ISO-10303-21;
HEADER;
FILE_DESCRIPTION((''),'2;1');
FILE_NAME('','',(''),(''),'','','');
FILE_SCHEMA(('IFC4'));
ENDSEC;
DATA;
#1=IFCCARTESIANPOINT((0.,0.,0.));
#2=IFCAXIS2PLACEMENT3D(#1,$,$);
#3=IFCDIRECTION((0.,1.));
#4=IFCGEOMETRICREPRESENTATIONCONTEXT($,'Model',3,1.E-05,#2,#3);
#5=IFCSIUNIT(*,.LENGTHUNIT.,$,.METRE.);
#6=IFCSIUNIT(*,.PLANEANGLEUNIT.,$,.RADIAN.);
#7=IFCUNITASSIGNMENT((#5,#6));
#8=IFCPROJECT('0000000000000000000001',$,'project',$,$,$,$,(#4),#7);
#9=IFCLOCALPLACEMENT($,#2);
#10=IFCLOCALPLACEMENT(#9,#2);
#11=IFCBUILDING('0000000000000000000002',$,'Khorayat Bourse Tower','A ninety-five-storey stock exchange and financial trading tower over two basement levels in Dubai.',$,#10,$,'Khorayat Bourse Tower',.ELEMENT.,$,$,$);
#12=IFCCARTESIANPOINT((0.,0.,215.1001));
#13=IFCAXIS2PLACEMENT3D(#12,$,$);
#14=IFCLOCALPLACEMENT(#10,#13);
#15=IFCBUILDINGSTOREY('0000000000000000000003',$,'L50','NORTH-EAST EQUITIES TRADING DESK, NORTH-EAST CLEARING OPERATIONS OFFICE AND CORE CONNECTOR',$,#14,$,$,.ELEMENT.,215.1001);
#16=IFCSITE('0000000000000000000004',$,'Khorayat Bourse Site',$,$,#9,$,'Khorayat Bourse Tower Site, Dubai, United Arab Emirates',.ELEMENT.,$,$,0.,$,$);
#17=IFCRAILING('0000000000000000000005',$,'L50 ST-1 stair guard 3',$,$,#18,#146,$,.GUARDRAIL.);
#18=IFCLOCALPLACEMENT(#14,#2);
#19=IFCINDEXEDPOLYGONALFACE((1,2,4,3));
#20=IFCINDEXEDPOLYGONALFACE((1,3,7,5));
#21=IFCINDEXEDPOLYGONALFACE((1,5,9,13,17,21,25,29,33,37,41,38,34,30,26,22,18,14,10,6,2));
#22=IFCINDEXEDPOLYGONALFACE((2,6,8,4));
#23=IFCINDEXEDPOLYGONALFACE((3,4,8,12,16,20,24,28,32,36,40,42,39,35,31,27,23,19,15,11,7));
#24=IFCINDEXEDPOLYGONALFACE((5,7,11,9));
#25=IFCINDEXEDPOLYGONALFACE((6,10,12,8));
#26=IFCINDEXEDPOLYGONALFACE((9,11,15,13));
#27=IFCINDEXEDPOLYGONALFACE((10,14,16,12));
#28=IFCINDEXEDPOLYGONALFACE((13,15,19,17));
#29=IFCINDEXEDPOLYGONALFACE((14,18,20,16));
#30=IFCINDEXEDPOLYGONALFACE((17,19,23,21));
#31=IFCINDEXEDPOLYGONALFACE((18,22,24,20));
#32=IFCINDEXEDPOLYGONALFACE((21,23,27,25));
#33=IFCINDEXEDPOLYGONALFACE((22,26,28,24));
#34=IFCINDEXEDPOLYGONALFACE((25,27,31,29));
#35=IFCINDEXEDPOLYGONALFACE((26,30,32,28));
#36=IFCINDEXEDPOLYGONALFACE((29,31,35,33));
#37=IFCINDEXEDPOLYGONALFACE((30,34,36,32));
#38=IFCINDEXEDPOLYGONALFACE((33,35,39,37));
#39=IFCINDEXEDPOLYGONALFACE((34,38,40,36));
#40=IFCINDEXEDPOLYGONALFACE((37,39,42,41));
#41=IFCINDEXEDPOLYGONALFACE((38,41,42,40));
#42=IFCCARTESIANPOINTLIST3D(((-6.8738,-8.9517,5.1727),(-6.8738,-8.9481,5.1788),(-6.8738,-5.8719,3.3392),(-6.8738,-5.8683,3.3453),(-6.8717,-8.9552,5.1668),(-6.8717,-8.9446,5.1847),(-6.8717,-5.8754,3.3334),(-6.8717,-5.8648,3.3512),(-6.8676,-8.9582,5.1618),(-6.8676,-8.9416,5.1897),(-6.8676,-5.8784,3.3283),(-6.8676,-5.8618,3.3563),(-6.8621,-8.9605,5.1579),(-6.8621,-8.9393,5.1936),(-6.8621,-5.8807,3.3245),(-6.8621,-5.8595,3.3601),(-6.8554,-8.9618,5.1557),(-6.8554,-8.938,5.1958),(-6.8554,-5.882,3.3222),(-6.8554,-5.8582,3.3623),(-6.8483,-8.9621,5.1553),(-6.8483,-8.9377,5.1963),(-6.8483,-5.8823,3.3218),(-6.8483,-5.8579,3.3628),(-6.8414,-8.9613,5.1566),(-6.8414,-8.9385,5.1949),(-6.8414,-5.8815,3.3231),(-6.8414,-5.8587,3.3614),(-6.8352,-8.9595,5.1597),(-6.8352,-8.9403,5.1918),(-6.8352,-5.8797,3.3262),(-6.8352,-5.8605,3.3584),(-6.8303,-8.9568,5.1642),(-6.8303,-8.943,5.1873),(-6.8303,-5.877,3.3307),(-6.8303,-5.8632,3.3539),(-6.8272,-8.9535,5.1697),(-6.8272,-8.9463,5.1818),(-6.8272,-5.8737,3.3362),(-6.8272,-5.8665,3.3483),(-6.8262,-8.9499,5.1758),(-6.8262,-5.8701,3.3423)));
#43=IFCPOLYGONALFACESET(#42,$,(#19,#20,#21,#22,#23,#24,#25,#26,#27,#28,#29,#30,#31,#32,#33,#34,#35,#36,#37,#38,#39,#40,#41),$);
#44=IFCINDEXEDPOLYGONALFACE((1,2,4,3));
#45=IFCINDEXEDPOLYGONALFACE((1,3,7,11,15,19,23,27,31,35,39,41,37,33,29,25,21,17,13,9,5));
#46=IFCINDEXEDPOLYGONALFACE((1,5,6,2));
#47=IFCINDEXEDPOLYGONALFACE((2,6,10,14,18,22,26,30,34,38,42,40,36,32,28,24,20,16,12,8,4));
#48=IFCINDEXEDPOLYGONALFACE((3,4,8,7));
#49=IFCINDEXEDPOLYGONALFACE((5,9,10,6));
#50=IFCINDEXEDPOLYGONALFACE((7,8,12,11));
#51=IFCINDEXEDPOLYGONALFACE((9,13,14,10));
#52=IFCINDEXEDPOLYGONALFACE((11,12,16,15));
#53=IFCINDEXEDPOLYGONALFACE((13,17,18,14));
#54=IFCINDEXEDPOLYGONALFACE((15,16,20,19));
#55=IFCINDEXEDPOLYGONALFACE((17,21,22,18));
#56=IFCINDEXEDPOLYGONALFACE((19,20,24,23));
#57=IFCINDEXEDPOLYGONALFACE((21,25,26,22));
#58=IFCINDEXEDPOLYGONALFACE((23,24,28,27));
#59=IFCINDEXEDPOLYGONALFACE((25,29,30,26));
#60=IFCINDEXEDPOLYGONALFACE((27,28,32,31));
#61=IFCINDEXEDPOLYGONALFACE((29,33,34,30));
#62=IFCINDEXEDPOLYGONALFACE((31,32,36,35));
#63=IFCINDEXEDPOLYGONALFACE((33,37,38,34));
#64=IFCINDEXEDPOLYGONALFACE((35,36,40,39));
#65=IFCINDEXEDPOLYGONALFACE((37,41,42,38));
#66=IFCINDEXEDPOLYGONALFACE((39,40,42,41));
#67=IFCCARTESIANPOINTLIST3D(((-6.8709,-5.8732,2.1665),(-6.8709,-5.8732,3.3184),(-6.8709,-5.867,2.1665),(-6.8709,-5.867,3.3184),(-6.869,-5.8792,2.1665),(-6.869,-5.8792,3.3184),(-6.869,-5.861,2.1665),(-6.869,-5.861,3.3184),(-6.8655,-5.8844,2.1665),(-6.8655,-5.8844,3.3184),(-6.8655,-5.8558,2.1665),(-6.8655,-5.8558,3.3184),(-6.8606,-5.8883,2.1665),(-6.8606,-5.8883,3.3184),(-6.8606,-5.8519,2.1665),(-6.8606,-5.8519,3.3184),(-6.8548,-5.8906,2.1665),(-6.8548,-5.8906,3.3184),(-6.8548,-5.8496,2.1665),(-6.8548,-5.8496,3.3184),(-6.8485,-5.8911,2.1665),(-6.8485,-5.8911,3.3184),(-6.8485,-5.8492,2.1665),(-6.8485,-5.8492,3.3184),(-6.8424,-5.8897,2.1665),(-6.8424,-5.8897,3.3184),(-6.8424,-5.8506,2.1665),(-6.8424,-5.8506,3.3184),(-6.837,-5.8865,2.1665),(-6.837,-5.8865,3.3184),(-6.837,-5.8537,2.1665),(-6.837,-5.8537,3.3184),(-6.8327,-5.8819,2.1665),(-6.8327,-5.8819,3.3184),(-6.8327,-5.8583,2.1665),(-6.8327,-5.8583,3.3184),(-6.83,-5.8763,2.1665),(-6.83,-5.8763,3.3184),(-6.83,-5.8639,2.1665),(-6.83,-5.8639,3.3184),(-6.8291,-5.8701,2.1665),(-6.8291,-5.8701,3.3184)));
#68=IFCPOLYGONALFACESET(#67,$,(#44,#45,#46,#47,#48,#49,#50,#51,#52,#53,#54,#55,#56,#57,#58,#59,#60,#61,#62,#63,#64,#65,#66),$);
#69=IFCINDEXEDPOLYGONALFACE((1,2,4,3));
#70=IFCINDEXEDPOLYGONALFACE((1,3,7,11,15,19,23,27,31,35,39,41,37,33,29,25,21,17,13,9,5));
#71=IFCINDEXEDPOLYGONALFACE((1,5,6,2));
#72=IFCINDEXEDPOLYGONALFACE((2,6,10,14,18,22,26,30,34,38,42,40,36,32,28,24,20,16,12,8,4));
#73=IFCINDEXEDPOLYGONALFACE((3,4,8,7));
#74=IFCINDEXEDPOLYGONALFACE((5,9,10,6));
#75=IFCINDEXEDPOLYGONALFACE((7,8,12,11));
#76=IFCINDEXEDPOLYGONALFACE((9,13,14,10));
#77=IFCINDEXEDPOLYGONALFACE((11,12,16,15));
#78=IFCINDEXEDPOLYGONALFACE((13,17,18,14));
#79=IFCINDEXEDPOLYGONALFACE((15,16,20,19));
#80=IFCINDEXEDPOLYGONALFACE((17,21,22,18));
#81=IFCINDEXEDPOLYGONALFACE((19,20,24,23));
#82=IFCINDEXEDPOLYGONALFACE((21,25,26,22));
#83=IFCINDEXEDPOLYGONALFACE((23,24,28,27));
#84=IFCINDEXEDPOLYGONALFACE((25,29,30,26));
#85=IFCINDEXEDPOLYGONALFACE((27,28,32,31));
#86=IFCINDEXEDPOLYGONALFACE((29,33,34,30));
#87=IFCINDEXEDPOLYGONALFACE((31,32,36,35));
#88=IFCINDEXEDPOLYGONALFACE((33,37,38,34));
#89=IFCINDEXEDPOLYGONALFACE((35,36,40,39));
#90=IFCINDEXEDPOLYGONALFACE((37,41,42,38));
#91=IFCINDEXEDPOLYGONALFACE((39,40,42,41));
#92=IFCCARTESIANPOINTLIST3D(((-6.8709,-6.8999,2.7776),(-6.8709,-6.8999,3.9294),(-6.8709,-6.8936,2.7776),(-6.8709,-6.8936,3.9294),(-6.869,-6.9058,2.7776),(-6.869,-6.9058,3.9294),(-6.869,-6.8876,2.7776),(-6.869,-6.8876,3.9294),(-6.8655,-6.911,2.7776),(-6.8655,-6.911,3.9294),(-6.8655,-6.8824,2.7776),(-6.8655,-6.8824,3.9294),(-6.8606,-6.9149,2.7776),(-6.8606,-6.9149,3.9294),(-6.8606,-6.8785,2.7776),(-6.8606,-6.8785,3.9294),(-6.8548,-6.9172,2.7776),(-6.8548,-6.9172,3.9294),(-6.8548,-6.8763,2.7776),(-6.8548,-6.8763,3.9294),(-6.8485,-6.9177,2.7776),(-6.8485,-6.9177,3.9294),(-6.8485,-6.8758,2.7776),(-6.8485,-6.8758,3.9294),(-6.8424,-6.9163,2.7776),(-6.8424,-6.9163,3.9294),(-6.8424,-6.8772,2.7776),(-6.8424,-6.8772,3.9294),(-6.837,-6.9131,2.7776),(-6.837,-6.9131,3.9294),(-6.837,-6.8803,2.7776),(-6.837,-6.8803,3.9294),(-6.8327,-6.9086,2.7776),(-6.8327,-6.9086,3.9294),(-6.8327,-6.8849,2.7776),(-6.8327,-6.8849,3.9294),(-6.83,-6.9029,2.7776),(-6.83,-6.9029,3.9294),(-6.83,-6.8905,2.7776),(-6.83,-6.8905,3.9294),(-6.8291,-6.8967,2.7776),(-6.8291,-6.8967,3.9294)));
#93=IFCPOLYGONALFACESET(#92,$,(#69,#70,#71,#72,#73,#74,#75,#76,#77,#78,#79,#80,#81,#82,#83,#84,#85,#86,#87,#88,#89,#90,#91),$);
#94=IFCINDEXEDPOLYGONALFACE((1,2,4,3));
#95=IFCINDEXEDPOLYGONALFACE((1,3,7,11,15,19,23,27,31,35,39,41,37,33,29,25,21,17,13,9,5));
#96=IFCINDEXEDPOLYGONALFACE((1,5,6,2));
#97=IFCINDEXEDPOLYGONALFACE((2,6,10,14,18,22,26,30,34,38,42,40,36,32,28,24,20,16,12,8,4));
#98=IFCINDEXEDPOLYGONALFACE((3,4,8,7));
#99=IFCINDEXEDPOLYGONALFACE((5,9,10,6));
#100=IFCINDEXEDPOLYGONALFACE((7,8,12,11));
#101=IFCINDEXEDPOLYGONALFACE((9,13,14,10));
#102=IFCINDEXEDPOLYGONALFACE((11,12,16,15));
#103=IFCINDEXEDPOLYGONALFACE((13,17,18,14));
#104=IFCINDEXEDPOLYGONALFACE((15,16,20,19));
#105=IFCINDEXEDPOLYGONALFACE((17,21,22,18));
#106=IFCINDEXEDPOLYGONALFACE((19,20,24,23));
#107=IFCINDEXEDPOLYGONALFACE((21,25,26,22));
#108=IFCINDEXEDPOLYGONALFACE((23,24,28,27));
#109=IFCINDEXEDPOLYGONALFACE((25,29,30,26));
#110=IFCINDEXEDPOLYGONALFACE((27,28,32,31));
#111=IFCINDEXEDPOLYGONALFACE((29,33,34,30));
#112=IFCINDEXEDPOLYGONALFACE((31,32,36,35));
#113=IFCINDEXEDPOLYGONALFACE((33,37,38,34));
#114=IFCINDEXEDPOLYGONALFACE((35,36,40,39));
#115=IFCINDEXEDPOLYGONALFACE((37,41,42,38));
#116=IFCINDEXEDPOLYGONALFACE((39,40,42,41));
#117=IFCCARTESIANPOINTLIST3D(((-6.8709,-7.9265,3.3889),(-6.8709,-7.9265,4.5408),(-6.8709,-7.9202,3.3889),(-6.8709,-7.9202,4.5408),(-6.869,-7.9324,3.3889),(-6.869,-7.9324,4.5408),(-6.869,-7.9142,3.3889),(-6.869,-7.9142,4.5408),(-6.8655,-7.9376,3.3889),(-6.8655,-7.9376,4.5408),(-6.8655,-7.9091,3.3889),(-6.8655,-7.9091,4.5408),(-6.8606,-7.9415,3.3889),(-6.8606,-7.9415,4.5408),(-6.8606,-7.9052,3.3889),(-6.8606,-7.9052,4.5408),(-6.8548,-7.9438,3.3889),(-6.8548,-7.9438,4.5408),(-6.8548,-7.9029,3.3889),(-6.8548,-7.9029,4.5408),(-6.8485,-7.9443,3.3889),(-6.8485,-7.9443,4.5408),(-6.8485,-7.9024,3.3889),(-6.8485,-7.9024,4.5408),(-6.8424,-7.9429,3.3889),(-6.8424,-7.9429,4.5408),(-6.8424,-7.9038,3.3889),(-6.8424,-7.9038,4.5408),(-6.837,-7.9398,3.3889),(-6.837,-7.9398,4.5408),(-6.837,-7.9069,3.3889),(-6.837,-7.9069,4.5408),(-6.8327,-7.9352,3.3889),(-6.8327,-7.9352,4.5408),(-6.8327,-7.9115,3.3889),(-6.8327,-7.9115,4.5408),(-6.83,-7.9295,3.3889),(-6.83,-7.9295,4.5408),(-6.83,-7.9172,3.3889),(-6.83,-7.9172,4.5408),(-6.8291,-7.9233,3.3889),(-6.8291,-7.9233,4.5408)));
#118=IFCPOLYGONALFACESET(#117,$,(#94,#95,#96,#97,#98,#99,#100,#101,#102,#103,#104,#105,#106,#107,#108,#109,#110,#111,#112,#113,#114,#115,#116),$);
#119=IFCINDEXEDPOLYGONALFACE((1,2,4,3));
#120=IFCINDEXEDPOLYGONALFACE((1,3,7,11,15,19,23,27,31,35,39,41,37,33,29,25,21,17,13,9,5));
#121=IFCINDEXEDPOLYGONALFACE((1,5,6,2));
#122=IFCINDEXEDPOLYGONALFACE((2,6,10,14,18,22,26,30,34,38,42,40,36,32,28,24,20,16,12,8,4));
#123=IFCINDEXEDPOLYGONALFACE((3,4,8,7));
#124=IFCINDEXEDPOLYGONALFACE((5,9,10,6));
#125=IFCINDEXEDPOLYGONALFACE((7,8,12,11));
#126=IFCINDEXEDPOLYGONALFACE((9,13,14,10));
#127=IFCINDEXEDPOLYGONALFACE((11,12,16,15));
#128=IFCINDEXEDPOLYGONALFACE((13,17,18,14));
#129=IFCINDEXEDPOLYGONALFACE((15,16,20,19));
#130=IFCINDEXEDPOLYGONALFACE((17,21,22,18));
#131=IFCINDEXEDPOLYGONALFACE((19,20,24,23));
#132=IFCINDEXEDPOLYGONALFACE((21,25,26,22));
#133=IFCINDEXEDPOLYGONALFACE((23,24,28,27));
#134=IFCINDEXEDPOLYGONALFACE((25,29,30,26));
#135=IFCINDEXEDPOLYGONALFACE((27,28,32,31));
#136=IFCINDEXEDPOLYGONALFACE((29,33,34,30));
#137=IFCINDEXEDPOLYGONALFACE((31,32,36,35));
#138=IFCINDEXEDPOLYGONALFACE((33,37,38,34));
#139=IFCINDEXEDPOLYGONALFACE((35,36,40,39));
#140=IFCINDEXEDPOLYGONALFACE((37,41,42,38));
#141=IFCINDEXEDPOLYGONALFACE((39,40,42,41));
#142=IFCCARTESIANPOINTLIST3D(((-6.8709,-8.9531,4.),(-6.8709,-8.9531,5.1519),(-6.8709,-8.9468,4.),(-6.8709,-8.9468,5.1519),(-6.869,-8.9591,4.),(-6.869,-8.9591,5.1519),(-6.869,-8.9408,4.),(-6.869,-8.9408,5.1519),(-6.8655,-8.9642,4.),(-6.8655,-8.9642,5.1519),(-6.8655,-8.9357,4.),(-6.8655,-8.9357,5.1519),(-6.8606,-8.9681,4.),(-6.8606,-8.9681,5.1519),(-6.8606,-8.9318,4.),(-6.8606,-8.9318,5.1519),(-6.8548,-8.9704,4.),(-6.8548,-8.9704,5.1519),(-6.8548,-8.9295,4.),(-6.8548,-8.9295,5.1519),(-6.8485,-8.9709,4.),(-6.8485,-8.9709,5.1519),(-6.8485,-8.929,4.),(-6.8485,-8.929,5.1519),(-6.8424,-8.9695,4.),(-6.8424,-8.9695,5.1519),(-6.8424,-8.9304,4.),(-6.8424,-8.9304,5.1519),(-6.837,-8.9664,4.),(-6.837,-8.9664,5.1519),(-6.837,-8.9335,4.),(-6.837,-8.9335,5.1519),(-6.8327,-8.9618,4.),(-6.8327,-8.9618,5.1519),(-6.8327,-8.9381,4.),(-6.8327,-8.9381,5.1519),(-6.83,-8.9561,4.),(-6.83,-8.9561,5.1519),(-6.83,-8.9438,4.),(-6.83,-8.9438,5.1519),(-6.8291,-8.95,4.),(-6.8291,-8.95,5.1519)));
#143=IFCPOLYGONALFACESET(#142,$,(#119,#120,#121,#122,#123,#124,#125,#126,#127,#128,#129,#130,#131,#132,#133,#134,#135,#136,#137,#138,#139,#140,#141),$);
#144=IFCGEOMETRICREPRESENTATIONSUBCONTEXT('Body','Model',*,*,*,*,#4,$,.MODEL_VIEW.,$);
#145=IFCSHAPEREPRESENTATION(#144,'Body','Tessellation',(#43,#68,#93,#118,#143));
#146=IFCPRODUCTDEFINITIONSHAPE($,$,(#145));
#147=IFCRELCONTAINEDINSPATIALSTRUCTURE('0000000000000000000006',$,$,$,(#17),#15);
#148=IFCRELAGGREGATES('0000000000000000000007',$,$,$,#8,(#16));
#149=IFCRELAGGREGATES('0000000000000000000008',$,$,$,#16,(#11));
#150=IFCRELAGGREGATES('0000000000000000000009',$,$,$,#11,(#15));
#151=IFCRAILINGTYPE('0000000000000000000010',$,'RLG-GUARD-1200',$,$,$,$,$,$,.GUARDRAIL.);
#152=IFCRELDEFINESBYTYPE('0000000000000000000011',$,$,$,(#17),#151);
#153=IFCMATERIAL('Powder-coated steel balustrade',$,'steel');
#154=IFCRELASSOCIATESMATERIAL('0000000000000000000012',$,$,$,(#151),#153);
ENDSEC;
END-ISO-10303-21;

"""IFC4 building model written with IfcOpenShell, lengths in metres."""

from ifc_helpers import new_model, si_unit, direction, frame, origin, origin_2d, place, context, subcontext, project, spatial, circle, extrude, source, transform, mapped, material, type_object, element, save


model = new_model("IFC4")

# Units and contexts
model_context = context("Model", 3, precision=1e-05, world=origin(), true_north=direction((0.0, 1.0)))
body_context = subcontext(model_context, "Body", "Model", "MODEL_VIEW")
ifc_project = project(units=[si_unit("LENGTHUNIT", "METRE"), si_unit("PLANEANGLEUNIT", "RADIAN")], contexts=[model_context])

# Site, building, storey
site_placement = place(None, origin())
site = spatial("IfcSite", under=ifc_project, at=site_placement, Name="Khorayat Bourse Site", LongName="Khorayat Bourse Tower Site, Dubai, United Arab Emirates", CompositionType="ELEMENT", RefElevation=0.0)
building_placement = place(site_placement, origin())
building = spatial("IfcBuilding", under=site, at=building_placement, Name="Khorayat Bourse Tower", Description="A ninety-five-storey stock exchange and financial trading tower over two basement levels in Dubai.", LongName="Khorayat Bourse Tower", CompositionType="ELEMENT")
storey_placement = place(building_placement, frame((0.0, 0.0, 215.1001)))
storey = spatial("IfcBuildingStorey", under=building, at=storey_placement, Name="L50", Description="NORTH-EAST EQUITIES TRADING DESK, NORTH-EAST CLEARING OPERATIONS OFFICE AND CORE CONNECTOR", CompositionType="ELEMENT", Elevation=215.1001)

# Railing
ifc_material_1 = material(Name="Powder-coated steel balustrade", Category="steel")
railing_type_1 = type_object("IfcRailingType", Name="RLG-GUARD-1200", PredefinedType="GUARDRAIL", material=ifc_material_1)
shared_shape_1 = source(origin(), body_context, "Body", "SweptSolid", [
    extrude(circle(Radius=0.0239, at=origin_2d()), frame((0.0, 0.0, 1.1758), z_axis=(0.0, -0.859261, 0.511538), x_axis=(1.0, 0.0, 0.0)), (0.0, 0.0, 1.0), 3.5842),
    extrude(circle(Radius=0.021, at=origin_2d()), origin(), (0.0, 0.0, 1.0), 1.1519),
    extrude(circle(Radius=0.021, at=origin_2d()), frame((0.0, -1.0266, 0.6111)), (0.0, 0.0, 1.0), 1.1519),
    extrude(circle(Radius=0.021, at=origin_2d()), frame((0.0, -2.0532, 1.2224)), (0.0, 0.0, 1.0), 1.1519),
    extrude(circle(Radius=0.021, at=origin_2d()), frame((0.0, -3.0798, 1.8335)), (0.0, 0.0, 1.0), 1.1519),
])
railing_1_placement = place(storey_placement, frame((-6.8501, -5.8701, 2.1665)))
element("IfcRailing", 1, at=railing_1_placement, inside=storey, type_object=railing_type_1, Name="L50 ST-1 stair guard 3", PredefinedType="GUARDRAIL", context=body_context, shape_type="MappedRepresentation", body=[
    mapped(shared_shape_1, transform((0.0, 0.0, 0.0), scale=1.0)),
])

save(model, "model.ifc")
